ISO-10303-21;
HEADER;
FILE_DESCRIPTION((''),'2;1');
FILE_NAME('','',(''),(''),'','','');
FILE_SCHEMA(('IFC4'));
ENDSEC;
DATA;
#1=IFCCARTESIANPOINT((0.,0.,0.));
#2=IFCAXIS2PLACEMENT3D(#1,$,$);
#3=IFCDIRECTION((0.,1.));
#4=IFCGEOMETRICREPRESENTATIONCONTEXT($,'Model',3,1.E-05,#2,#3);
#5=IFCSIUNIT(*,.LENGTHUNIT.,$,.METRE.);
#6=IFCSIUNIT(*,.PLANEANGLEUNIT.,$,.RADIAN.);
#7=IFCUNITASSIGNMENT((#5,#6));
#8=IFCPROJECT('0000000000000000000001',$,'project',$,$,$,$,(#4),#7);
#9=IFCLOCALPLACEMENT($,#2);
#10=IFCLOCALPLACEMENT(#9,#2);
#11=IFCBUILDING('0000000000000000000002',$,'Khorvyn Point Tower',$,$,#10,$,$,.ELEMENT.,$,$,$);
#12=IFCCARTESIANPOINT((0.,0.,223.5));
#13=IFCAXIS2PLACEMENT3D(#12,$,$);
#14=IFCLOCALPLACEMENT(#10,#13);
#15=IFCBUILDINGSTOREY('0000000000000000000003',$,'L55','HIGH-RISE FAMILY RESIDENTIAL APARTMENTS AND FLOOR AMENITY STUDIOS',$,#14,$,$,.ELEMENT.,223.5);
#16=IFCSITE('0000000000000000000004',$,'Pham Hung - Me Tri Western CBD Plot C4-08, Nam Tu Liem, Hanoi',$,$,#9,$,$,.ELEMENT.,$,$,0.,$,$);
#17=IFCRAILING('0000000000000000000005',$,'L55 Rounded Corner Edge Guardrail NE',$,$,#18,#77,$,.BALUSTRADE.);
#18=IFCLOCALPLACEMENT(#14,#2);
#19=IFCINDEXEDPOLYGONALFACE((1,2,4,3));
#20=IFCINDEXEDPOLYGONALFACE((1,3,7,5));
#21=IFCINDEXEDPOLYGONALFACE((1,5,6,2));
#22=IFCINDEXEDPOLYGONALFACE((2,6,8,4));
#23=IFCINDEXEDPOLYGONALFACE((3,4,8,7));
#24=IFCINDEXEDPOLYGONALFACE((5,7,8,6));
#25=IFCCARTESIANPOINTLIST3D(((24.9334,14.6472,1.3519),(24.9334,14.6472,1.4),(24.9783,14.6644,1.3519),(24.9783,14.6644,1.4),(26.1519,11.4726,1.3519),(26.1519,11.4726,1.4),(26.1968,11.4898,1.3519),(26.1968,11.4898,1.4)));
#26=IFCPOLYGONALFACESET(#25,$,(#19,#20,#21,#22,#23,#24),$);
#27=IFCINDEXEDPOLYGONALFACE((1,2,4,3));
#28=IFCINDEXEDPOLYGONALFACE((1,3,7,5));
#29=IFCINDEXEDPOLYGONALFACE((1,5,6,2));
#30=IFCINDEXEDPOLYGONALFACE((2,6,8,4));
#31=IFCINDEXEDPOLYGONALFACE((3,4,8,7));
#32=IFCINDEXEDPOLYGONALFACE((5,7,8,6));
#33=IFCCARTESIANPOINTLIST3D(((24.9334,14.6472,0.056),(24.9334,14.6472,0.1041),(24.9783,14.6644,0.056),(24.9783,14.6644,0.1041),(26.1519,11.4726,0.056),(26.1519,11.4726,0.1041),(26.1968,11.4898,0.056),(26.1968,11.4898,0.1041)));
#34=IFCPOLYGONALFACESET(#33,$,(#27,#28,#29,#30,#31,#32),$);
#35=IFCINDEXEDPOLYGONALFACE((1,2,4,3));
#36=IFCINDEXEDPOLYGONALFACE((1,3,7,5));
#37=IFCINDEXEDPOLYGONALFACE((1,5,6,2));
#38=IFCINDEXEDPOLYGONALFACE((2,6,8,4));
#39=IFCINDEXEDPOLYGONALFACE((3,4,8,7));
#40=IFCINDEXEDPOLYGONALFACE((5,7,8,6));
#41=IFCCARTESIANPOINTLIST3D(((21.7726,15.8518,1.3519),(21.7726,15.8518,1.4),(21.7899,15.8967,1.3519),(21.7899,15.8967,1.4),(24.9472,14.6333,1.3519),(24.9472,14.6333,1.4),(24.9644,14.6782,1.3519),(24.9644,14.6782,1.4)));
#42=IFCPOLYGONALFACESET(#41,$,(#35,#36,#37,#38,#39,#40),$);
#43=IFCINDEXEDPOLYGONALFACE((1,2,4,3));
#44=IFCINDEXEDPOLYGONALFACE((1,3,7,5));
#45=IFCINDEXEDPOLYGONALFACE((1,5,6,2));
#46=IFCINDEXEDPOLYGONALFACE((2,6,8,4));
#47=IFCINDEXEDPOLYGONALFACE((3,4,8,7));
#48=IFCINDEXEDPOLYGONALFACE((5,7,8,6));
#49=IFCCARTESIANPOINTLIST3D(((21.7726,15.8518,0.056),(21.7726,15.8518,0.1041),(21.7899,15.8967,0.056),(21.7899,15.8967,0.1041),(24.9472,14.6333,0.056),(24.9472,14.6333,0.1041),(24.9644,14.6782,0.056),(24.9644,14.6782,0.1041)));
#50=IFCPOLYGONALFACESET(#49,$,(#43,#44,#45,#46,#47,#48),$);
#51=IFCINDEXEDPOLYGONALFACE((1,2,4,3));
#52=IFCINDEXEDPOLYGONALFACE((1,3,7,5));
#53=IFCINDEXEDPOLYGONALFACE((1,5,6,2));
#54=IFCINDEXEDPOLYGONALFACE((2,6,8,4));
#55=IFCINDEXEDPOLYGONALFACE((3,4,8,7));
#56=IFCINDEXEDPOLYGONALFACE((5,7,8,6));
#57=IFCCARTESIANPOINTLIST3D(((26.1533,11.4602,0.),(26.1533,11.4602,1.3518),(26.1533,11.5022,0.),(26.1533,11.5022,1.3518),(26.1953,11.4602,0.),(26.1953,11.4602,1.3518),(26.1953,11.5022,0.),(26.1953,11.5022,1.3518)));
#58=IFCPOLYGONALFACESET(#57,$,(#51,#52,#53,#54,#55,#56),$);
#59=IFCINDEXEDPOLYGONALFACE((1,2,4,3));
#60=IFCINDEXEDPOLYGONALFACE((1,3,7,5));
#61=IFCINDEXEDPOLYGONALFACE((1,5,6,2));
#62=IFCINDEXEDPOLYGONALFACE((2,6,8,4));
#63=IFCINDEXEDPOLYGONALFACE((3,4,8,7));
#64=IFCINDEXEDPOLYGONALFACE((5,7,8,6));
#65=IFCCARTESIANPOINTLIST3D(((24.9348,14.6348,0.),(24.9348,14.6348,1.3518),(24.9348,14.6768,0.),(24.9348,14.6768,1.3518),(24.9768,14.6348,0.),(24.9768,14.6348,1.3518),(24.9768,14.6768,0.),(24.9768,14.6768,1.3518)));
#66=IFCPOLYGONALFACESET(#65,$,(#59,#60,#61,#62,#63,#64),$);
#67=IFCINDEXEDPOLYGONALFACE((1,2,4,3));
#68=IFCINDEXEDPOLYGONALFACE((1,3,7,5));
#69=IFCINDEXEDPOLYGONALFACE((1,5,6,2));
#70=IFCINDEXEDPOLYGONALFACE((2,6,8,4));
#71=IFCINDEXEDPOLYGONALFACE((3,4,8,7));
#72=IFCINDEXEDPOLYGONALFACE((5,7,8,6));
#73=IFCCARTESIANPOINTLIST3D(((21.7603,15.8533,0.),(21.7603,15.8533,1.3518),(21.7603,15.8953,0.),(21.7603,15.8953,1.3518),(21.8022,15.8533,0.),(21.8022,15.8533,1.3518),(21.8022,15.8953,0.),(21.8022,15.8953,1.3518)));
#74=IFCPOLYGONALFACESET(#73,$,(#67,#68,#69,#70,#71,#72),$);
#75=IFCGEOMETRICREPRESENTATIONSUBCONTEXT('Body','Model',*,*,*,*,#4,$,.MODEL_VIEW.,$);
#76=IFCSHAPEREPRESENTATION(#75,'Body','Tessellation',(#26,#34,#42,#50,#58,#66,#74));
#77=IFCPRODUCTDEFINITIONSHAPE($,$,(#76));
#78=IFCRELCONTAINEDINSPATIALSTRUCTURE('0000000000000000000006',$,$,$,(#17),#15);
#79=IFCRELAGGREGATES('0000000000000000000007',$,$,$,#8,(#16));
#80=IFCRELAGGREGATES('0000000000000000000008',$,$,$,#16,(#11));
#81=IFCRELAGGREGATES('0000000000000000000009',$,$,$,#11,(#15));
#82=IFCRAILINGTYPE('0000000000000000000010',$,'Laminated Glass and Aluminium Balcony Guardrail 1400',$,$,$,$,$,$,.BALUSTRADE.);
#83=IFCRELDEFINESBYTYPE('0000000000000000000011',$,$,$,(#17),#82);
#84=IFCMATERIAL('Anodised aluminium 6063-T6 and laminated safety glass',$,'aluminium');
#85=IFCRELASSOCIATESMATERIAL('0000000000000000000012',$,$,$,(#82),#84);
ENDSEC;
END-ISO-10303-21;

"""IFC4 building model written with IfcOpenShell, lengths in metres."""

from ifc_helpers import new_model, si_unit, direction, frame, origin, origin_2d, place, context, subcontext, project, spatial, rectangle, extrude, material, type_object, element, save


model = new_model("IFC4")

# Units and contexts
model_context = context("Model", 3, precision=1e-05, world=origin(), true_north=direction((0.0, 1.0)))
body_context = subcontext(model_context, "Body", "Model", "MODEL_VIEW")
ifc_project = project(units=[si_unit("LENGTHUNIT", "METRE"), si_unit("PLANEANGLEUNIT", "RADIAN")], contexts=[model_context])

# Site, building, storey
site_placement = place(None, origin())
site = spatial("IfcSite", under=ifc_project, at=site_placement, Name="Pham Hung - Me Tri Western CBD Plot C4-08, Nam Tu Liem, Hanoi", CompositionType="ELEMENT", RefElevation=0.0)
building_placement = place(site_placement, origin())
building = spatial("IfcBuilding", under=site, at=building_placement, Name="Khorvyn Point Tower", CompositionType="ELEMENT")
storey_placement = place(building_placement, frame((0.0, 0.0, 223.5)))
storey = spatial("IfcBuildingStorey", under=building, at=storey_placement, Name="L55", Description="HIGH-RISE FAMILY RESIDENTIAL APARTMENTS AND FLOOR AMENITY STUDIOS", CompositionType="ELEMENT", Elevation=223.5)

# Railing
ifc_material_1 = material(Name="Anodised aluminium 6063-T6 and laminated safety glass", Category="aluminium")
railing_type = type_object("IfcRailingType", Name="Laminated Glass and Aluminium Balcony Guardrail 1400", PredefinedType="BALUSTRADE", material=ifc_material_1)
railing_placement = place(storey_placement, frame((26.1743, 11.4812, 0.0)))
element("IfcRailing", 1, at=railing_placement, inside=storey, type_object=railing_type, Name="L55 Rounded Corner Edge Guardrail NE", PredefinedType="BALUSTRADE", context=body_context, shape_type="SweptSolid", body=[
    extrude(rectangle(XDim=0.0481, YDim=0.0481, at=origin_2d()), frame((0.0, 0.0, 1.376), z_axis=(-0.358344, 0.93359, 0.0), x_axis=(-0.93359, -0.358344, 0.0)), (0.0, 0.0, 1.0), 3.4004),
    extrude(rectangle(XDim=0.0481, YDim=0.0481, at=origin_2d()), frame((0.0, 0.0, 0.0801), z_axis=(-0.358344, 0.93359, 0.0), x_axis=(-0.93359, -0.358344, 0.0)), (0.0, 0.0, 1.0), 3.4004),
    extrude(rectangle(XDim=0.0481, YDim=0.0481, at=origin_2d()), frame((-1.2185, 3.1746, 1.376), z_axis=(-0.93359, 0.358344, 0.0), x_axis=(-0.358344, -0.93359, 0.0)), (0.0, 0.0, 1.0), 3.4004),
    extrude(rectangle(XDim=0.0481, YDim=0.0481, at=origin_2d()), frame((-1.2185, 3.1746, 0.0801), z_axis=(-0.93359, 0.358344, 0.0), x_axis=(-0.358344, -0.93359, 0.0)), (0.0, 0.0, 1.0), 3.4004),
    extrude(rectangle(XDim=0.042, YDim=0.042, at=origin_2d()), origin(), (0.0, 0.0, 1.0), 1.3518),
    extrude(rectangle(XDim=0.042, YDim=0.042, at=origin_2d()), frame((-1.2185, 3.1746, 0.0)), (0.0, 0.0, 1.0), 1.3518),
    extrude(rectangle(XDim=0.042, YDim=0.042, at=origin_2d()), frame((-4.3931, 4.3931, 0.0)), (0.0, 0.0, 1.0), 1.3518),
])

save(model, "model.ifc")
